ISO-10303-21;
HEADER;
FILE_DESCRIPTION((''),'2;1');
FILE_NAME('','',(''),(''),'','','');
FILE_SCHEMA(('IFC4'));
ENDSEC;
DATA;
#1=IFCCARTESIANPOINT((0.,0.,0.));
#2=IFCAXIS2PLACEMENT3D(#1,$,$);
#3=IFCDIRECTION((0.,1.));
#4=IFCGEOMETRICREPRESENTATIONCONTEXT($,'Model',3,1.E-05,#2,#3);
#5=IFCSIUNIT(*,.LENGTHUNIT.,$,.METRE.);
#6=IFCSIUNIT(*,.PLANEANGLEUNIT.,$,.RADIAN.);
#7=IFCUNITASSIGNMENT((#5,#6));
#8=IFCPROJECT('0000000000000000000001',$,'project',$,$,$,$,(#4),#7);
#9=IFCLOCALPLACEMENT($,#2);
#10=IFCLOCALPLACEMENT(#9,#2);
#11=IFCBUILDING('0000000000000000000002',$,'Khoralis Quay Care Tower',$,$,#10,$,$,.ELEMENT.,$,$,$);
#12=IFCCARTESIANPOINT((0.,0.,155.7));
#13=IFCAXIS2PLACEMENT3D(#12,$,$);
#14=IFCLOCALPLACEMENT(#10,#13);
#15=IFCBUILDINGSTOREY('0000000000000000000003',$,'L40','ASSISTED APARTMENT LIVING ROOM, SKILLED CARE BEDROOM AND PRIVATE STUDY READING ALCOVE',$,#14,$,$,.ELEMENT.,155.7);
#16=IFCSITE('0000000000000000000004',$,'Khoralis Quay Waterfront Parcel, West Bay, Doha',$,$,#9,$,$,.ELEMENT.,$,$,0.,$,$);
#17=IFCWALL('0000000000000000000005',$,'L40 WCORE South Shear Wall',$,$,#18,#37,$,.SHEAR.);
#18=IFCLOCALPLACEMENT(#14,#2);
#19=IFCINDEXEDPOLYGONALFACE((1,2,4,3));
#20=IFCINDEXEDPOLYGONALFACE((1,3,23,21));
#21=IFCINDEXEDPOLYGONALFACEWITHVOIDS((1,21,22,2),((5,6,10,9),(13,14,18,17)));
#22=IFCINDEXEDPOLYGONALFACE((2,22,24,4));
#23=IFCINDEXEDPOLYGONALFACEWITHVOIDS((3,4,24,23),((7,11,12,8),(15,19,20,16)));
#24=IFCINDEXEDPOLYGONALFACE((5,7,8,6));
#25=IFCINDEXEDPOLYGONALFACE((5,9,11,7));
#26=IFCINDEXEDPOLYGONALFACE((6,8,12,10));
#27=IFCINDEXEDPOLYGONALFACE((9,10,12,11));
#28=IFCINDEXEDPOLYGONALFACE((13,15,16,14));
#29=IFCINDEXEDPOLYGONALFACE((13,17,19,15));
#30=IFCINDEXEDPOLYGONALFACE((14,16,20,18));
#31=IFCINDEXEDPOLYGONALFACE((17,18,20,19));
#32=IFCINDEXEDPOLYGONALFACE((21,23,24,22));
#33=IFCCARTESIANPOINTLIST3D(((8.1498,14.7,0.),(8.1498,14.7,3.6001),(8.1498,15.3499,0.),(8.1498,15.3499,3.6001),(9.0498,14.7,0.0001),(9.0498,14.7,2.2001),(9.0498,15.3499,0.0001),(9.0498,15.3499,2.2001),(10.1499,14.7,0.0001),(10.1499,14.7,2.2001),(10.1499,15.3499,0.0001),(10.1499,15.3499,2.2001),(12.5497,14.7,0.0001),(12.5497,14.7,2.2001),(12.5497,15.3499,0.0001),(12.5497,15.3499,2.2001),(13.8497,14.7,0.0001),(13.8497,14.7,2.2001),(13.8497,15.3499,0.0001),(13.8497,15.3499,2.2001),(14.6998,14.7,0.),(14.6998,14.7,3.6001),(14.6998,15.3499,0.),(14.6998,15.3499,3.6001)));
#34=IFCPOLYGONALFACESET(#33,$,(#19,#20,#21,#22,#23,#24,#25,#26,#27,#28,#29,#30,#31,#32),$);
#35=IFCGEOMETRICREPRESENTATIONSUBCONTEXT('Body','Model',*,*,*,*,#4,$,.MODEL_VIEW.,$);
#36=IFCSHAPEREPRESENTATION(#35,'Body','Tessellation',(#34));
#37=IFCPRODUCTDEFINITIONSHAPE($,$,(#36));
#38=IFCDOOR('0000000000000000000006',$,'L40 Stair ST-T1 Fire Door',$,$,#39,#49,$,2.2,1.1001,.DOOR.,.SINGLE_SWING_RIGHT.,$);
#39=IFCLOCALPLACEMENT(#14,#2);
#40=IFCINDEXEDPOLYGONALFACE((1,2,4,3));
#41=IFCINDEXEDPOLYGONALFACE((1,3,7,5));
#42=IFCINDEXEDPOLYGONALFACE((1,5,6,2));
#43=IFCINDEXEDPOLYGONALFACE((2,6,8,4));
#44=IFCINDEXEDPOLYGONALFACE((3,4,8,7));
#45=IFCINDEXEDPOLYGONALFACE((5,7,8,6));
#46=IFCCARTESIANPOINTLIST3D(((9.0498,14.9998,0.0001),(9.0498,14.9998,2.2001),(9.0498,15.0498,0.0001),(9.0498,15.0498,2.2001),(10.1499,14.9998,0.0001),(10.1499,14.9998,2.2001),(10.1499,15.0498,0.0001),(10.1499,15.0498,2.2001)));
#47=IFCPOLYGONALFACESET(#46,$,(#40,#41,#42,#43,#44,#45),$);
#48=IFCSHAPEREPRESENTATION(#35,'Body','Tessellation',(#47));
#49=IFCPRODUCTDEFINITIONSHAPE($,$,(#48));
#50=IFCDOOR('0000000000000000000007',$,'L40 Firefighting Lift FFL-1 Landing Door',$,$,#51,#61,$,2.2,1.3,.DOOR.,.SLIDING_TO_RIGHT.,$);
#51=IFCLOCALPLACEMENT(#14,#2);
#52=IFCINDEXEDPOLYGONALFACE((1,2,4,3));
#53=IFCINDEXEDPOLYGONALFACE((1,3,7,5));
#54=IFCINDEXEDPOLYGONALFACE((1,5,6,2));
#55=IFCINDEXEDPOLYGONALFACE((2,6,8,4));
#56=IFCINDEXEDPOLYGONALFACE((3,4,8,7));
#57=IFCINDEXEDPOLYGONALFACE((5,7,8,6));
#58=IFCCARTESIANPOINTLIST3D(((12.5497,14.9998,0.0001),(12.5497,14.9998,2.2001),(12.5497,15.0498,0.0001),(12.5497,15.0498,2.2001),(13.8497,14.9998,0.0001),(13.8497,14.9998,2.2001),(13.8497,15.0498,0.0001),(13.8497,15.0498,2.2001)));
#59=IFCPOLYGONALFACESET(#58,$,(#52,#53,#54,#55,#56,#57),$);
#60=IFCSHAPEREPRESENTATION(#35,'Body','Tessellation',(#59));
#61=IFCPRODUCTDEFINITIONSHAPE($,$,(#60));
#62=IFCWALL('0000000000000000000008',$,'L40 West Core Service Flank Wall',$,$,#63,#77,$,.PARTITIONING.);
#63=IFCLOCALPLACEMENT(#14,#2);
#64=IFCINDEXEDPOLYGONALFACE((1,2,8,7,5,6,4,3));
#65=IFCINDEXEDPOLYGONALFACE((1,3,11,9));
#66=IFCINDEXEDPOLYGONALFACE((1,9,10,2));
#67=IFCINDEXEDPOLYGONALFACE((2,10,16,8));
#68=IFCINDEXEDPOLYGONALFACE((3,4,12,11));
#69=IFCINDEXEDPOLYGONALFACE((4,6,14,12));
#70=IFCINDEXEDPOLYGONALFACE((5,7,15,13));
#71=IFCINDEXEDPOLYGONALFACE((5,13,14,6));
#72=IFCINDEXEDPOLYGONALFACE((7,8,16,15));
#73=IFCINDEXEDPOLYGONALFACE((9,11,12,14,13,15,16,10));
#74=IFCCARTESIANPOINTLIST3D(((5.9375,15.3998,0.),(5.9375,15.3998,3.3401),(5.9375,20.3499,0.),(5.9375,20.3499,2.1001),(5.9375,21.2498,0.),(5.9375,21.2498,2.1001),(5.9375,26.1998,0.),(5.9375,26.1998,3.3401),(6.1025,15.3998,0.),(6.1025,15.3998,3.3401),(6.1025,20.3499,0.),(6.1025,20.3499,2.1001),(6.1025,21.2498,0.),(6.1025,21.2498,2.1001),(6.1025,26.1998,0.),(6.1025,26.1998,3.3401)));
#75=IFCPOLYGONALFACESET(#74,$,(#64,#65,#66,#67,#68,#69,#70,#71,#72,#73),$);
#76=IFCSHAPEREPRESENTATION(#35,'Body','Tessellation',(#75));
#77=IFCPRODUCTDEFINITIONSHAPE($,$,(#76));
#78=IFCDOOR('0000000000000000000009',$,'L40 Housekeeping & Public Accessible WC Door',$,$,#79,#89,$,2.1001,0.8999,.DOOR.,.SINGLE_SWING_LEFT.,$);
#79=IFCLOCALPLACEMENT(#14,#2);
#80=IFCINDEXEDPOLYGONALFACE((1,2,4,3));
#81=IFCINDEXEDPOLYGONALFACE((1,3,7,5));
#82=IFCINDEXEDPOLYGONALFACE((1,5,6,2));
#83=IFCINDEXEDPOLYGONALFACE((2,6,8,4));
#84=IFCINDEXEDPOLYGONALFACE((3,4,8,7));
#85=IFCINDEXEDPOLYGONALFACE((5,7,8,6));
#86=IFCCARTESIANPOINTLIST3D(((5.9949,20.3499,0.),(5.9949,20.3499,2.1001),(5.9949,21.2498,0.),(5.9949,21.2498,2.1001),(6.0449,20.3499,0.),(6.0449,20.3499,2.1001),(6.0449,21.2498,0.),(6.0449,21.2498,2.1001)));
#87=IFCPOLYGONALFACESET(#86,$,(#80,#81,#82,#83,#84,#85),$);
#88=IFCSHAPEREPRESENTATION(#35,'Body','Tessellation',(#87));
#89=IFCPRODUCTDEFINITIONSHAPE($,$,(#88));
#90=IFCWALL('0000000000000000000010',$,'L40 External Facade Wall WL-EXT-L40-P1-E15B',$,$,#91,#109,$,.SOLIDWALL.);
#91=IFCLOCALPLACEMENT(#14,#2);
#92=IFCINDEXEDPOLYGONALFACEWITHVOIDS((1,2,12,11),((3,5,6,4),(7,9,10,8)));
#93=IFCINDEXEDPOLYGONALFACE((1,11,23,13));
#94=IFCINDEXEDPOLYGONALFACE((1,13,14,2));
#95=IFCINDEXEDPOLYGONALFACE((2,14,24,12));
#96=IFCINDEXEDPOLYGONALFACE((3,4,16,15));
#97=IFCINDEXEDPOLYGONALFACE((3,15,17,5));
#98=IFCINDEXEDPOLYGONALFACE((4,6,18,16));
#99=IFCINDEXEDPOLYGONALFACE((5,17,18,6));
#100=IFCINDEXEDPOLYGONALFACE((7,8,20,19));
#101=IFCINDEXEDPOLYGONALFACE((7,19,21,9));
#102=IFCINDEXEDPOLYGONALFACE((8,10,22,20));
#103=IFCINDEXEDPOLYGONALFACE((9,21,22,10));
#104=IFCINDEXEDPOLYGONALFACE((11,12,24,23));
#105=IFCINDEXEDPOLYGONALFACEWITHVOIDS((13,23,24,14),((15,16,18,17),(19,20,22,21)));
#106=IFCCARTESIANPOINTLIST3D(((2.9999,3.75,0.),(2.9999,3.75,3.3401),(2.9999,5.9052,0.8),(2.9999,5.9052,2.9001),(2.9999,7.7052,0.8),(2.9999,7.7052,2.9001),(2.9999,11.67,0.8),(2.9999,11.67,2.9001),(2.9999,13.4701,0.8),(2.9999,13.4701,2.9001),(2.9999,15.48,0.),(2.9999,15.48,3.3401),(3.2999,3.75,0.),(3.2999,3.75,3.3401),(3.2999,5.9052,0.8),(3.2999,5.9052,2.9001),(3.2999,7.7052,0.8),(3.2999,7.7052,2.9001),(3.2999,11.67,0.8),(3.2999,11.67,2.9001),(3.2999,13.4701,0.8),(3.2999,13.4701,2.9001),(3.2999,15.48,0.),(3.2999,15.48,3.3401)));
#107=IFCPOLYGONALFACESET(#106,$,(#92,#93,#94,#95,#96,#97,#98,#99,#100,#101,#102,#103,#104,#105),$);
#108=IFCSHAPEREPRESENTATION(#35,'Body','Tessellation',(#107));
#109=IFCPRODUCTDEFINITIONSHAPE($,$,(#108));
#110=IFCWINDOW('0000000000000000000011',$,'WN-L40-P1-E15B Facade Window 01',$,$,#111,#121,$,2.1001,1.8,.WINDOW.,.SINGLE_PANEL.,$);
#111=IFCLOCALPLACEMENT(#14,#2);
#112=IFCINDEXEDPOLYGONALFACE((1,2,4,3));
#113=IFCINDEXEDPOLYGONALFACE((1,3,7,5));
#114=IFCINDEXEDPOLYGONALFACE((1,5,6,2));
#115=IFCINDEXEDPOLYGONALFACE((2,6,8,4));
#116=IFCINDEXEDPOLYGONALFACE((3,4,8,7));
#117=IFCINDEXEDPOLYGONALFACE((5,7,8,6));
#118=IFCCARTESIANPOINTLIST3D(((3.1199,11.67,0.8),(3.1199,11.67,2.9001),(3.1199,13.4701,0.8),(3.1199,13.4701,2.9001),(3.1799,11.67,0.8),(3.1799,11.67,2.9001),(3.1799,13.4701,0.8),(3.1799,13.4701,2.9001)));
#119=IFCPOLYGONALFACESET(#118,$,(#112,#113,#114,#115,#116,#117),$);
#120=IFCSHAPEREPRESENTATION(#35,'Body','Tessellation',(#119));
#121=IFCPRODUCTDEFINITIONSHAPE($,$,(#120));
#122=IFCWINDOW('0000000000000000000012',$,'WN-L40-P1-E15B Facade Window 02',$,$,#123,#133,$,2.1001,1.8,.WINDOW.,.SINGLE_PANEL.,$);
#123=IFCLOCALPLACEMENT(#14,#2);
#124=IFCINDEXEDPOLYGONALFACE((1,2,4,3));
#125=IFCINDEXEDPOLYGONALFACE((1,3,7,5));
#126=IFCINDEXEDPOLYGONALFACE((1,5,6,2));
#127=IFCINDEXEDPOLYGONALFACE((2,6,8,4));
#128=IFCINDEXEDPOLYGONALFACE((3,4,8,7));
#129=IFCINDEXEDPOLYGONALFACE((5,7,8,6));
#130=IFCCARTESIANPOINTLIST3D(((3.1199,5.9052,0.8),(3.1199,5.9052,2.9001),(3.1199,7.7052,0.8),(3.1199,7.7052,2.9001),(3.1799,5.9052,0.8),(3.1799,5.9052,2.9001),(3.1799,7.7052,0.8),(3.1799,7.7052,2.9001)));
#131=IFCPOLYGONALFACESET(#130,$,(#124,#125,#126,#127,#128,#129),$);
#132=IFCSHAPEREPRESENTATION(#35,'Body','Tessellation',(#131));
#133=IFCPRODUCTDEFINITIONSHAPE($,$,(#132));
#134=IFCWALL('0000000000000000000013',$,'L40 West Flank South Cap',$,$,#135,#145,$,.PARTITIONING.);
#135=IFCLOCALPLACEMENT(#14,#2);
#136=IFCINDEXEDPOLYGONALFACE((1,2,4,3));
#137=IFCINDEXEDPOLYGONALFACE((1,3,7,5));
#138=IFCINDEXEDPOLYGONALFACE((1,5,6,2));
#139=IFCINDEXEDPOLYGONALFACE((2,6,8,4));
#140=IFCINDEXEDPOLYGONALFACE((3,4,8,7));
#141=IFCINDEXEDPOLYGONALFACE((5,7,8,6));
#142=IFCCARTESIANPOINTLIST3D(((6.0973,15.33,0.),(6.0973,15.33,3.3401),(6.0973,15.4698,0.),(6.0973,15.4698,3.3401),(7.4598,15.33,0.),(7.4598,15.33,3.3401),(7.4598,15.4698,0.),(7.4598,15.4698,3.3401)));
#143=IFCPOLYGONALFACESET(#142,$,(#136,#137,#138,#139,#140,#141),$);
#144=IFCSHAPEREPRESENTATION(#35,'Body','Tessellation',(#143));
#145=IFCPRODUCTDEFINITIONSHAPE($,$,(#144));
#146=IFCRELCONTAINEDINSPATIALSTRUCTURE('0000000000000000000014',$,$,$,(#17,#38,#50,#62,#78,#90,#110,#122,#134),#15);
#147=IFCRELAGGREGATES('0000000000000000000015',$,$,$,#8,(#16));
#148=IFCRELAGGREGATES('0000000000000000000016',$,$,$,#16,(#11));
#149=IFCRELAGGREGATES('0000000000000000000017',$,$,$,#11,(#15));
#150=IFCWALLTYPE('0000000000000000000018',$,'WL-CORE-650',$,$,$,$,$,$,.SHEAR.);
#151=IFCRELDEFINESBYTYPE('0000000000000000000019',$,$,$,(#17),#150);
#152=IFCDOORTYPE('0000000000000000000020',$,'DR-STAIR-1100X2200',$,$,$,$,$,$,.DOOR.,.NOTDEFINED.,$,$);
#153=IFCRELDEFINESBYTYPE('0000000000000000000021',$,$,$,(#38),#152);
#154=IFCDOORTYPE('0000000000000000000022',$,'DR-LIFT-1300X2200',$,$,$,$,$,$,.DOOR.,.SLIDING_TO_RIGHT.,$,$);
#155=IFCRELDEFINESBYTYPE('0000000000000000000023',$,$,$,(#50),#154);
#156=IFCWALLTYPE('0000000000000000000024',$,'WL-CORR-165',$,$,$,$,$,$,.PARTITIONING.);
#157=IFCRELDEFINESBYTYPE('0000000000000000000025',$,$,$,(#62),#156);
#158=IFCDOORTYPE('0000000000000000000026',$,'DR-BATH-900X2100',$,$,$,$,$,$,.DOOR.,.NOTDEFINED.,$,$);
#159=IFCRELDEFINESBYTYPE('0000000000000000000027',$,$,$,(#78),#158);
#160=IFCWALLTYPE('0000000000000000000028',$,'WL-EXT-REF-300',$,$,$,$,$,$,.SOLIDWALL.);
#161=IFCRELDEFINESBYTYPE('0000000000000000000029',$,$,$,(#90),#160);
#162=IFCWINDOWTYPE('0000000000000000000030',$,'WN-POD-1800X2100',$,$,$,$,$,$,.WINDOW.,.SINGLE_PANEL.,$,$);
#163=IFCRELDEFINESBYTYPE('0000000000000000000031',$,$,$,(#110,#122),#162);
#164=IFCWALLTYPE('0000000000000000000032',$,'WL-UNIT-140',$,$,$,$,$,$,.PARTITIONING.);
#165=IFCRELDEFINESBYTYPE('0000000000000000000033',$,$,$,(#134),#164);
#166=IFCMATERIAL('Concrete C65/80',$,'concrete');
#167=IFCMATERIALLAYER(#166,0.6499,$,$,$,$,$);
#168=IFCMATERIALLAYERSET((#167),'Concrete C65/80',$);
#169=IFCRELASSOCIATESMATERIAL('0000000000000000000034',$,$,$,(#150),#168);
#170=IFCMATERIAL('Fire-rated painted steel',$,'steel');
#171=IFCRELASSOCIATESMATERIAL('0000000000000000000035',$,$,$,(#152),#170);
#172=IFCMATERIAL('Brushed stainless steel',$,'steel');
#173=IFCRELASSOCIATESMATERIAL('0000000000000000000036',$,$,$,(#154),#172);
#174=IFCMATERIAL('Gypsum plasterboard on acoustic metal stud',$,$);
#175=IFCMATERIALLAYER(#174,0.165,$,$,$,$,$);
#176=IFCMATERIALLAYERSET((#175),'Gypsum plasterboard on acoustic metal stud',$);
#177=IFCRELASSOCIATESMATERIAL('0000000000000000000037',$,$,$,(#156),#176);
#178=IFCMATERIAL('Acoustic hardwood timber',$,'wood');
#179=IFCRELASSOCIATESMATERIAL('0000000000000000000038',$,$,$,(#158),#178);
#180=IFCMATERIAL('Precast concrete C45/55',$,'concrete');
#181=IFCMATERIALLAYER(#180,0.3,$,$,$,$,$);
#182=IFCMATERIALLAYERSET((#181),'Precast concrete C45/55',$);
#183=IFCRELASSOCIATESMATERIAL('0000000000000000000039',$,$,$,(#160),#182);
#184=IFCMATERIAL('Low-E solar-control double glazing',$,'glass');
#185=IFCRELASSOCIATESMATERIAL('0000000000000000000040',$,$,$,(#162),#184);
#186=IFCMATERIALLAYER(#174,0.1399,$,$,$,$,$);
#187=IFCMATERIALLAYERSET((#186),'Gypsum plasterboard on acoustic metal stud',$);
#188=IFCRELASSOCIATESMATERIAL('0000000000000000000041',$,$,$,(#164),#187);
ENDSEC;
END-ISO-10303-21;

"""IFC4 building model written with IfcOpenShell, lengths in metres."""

from ifc_helpers import new_model, si_unit, direction, frame, frame_2d, origin, place, context, subcontext, project, spatial, rectangle, extrude, source, transform, mapped, material, layer, layer_set, type_object, element, fill, save


model = new_model("IFC4")

# Units and contexts
model_context = context("Model", 3, precision=1e-05, world=origin(), true_north=direction((0.0, 1.0)))
body_context = subcontext(model_context, "Body", "Model", "MODEL_VIEW")
ifc_project = project(units=[si_unit("LENGTHUNIT", "METRE"), si_unit("PLANEANGLEUNIT", "RADIAN")], contexts=[model_context])

# Site, building, storey
site_placement = place(None, origin())
site = spatial("IfcSite", under=ifc_project, at=site_placement, Name="Khoralis Quay Waterfront Parcel, West Bay, Doha", CompositionType="ELEMENT", RefElevation=0.0)
building_placement = place(site_placement, origin())
building = spatial("IfcBuilding", under=site, at=building_placement, Name="Khoralis Quay Care Tower", CompositionType="ELEMENT")
storey_placement = place(building_placement, frame((0.0, 0.0, 155.7)))
storey = spatial("IfcBuildingStorey", under=building, at=storey_placement, Name="L40", Description="ASSISTED APARTMENT LIVING ROOM, SKILLED CARE BEDROOM AND PRIVATE STUDY READING ALCOVE", CompositionType="ELEMENT", Elevation=155.7)

# Shared definitions
ifc_material_1 = material(Name="Concrete C65/80", Category="concrete")

# Shared definitions
ifc_material_2 = material(Name="Low-E solar-control double glazing", Category="glass")

# Shared definitions
ifc_layer_1 = layer(ifc_material_1, 0.6499)
ifc_layer_set_1 = layer_set([ifc_layer_1], Name="Concrete C65/80")
wall_type_1 = type_object("IfcWallType", Name="WL-CORE-650", PredefinedType="SHEAR", material=ifc_layer_set_1)

# Wall, openings, doors
wall_1_placement = place(storey_placement, frame((8.1499, 15.0249, 0.0), z_axis=(0.0, 0.0, 1.0), x_axis=(1.0, 0.0, 0.0)))
wall_1 = element("IfcWall", 1, at=wall_1_placement, inside=storey, type_object=wall_type_1, Name="L40 WCORE South Shear Wall", PredefinedType="SHEAR", context=body_context, shape_type="SweptSolid", body=[
    extrude(rectangle(XDim=6.55, YDim=0.6499, at=frame_2d((3.2749, 0.0))), origin(), (0.0, 0.0, 1.0), 3.6001),
])
opening_1_placement = place(wall_1_placement, frame((0.8999, 0.0, 0.0)))
opening_1 = element("IfcOpeningElement", 2, at=opening_1_placement, cuts=wall_1, PredefinedType="OPENING", context=body_context, shape_type="SweptSolid", body=[
    extrude(rectangle(XDim=1.1001, YDim=2.2, at=frame_2d((0.55, 1.1001))), frame((0.0, 0.335, 0.0), z_axis=(0.0, -1.0, 0.0), x_axis=(1.0, 0.0, 0.0)), (0.0, 0.0, 1.0), 0.6699),
])
opening_2_placement = place(wall_1_placement, frame((4.3999, 0.0, 0.0)))
opening_2 = element("IfcOpeningElement", 3, at=opening_2_placement, cuts=wall_1, PredefinedType="OPENING", context=body_context, shape_type="SweptSolid", body=[
    extrude(rectangle(XDim=1.3, YDim=2.2, at=frame_2d((0.6499, 1.1001))), frame((0.0, 0.335, 0.0), z_axis=(0.0, -1.0, 0.0), x_axis=(1.0, 0.0, 0.0)), (0.0, 0.0, 1.0), 0.6699),
])
ifc_material_3 = material(Name="Fire-rated painted steel", Category="steel")
door_type_1 = type_object("IfcDoorType", Name="DR-STAIR-1100X2200", OperationType="NOTDEFINED", PredefinedType="DOOR", material=ifc_material_3)
shared_shape_1 = source(origin(), body_context, "Body", "SweptSolid", [
    extrude(rectangle(XDim=1.1001, YDim=2.2, at=frame_2d((0.55, 1.1001))), frame((0.0, 0.0249, 0.0), z_axis=(0.0, -1.0, 0.0), x_axis=(1.0, 0.0, 0.0)), (0.0, 0.0, 1.0), 0.05),
])
door_1_placement = place(opening_1_placement, origin())
door_1 = element("IfcDoor", 4, at=door_1_placement, inside=storey, type_object=door_type_1, Name="L40 Stair ST-T1 Fire Door", OperationType="SINGLE_SWING_RIGHT", OverallHeight=2.2, OverallWidth=1.1001, PredefinedType="DOOR", context=body_context, shape_type="MappedRepresentation", body=[
    mapped(shared_shape_1, transform((0.0, 0.0, 0.0), scale=1.0)),
])
fill(opening_1, door_1)
ifc_material_4 = material(Name="Brushed stainless steel", Category="steel")
door_type_2 = type_object("IfcDoorType", Name="DR-LIFT-1300X2200", OperationType="SLIDING_TO_RIGHT", PredefinedType="DOOR", material=ifc_material_4)
shared_shape_2 = source(origin(), body_context, "Body", "SweptSolid", [
    extrude(rectangle(XDim=1.3, YDim=2.2, at=frame_2d((0.6499, 1.1001))), frame((0.0, 0.0249, 0.0), z_axis=(0.0, -1.0, 0.0), x_axis=(1.0, 0.0, 0.0)), (0.0, 0.0, 1.0), 0.05),
])
door_2_placement = place(opening_2_placement, origin())
door_2 = element("IfcDoor", 5, at=door_2_placement, inside=storey, type_object=door_type_2, Name="L40 Firefighting Lift FFL-1 Landing Door", OperationType="SLIDING_TO_RIGHT", OverallHeight=2.2, OverallWidth=1.3, PredefinedType="DOOR", context=body_context, shape_type="MappedRepresentation", body=[
    mapped(shared_shape_2, transform((0.0, 0.0, 0.0), scale=1.0)),
])
fill(opening_2, door_2)

# Wall, opening, door
ifc_material_5 = material(Name="Gypsum plasterboard on acoustic metal stud")
ifc_layer_2 = layer(ifc_material_5, 0.165)
ifc_layer_set_2 = layer_set([ifc_layer_2], Name="Gypsum plasterboard on acoustic metal stud")
wall_type_2 = type_object("IfcWallType", Name="WL-CORR-165", PredefinedType="PARTITIONING", material=ifc_layer_set_2)
wall_2_placement = place(storey_placement, frame((6.02, 15.3999, 0.0), z_axis=(0.0, 0.0, 1.0), x_axis=(0.0, 1.0, 0.0)))
wall_2 = element("IfcWall", 6, at=wall_2_placement, inside=storey, type_object=wall_type_2, Name="L40 West Core Service Flank Wall", PredefinedType="PARTITIONING", context=body_context, shape_type="SweptSolid", body=[
    extrude(rectangle(XDim=10.8, YDim=0.165, at=frame_2d((5.3999, 0.0))), origin(), (0.0, 0.0, 1.0), 3.3401),
])
opening_3_placement = place(wall_2_placement, frame((4.95, 0.0, 0.0)))
opening_3 = element("IfcOpeningElement", 7, at=opening_3_placement, cuts=wall_2, PredefinedType="OPENING", context=body_context, shape_type="SweptSolid", body=[
    extrude(rectangle(XDim=0.8999, YDim=2.1001, at=frame_2d((0.45, 1.05))), frame((0.0, 0.0925, 0.0), z_axis=(0.0, -1.0, 0.0), x_axis=(1.0, 0.0, 0.0)), (0.0, 0.0, 1.0), 0.1851),
])
ifc_material_6 = material(Name="Acoustic hardwood timber", Category="wood")
door_type_3 = type_object("IfcDoorType", Name="DR-BATH-900X2100", OperationType="NOTDEFINED", PredefinedType="DOOR", material=ifc_material_6)
shared_shape_3 = source(origin(), body_context, "Body", "SweptSolid", [
    extrude(rectangle(XDim=0.8999, YDim=2.1001, at=frame_2d((0.45, 1.05))), frame((0.0, 0.0249, 0.0), z_axis=(0.0, -1.0, 0.0), x_axis=(1.0, 0.0, 0.0)), (0.0, 0.0, 1.0), 0.05),
])
door_3_placement = place(opening_3_placement, frame((0.8999, 0.0, 0.0), z_axis=(0.0, 0.0, 1.0), x_axis=(-1.0, 0.0, 0.0)))
door_3 = element("IfcDoor", 8, at=door_3_placement, inside=storey, type_object=door_type_3, Name="L40 Housekeeping & Public Accessible WC Door", OperationType="SINGLE_SWING_LEFT", OverallHeight=2.1001, OverallWidth=0.8999, PredefinedType="DOOR", context=body_context, shape_type="MappedRepresentation", body=[
    mapped(shared_shape_3, transform((0.0, 0.0, 0.0), scale=1.0)),
])
fill(opening_3, door_3)

# Wall, openings, windows
ifc_material_7 = material(Name="Precast concrete C45/55", Category="concrete")
ifc_layer_3 = layer(ifc_material_7, 0.3)
ifc_layer_set_3 = layer_set([ifc_layer_3], Name="Precast concrete C45/55")
wall_type_3 = type_object("IfcWallType", Name="WL-EXT-REF-300", PredefinedType="SOLIDWALL", material=ifc_layer_set_3)
wall_3_placement = place(storey_placement, frame((3.1499, 15.48, 0.0), z_axis=(0.0, 0.0, 1.0), x_axis=(0.0, -1.0, 0.0)))
wall_3 = element("IfcWall", 9, at=wall_3_placement, inside=storey, type_object=wall_type_3, Name="L40 External Facade Wall WL-EXT-L40-P1-E15B", PredefinedType="SOLIDWALL", context=body_context, shape_type="SweptSolid", body=[
    extrude(rectangle(XDim=11.73, YDim=0.3, at=frame_2d((5.865, 0.0))), origin(), (0.0, 0.0, 1.0), 3.3401),
])
opening_4_placement = place(wall_3_placement, frame((2.01, 0.0, 0.8)))
opening_4 = element("IfcOpeningElement", 10, at=opening_4_placement, cuts=wall_3, PredefinedType="OPENING", context=body_context, shape_type="SweptSolid", body=[
    extrude(rectangle(XDim=1.8, YDim=2.1001, at=frame_2d((0.8999, 1.05))), frame((0.0, 0.1602, 0.0), z_axis=(0.0, -1.0, 0.0), x_axis=(1.0, 0.0, 0.0)), (0.0, 0.0, 1.0), 0.3201),
])
opening_5_placement = place(wall_3_placement, frame((7.7749, 0.0, 0.8)))
opening_5 = element("IfcOpeningElement", 11, at=opening_5_placement, cuts=wall_3, PredefinedType="OPENING", context=body_context, shape_type="SweptSolid", body=[
    extrude(rectangle(XDim=1.8, YDim=2.1001, at=frame_2d((0.8999, 1.05))), frame((0.0, 0.1602, 0.0), z_axis=(0.0, -1.0, 0.0), x_axis=(1.0, 0.0, 0.0)), (0.0, 0.0, 1.0), 0.3201),
])
window_type = type_object("IfcWindowType", Name="WN-POD-1800X2100", PartitioningType="SINGLE_PANEL", PredefinedType="WINDOW", material=ifc_material_2)
shared_shape_4 = source(origin(), body_context, "Body", "SweptSolid", [
    extrude(rectangle(XDim=1.8, YDim=2.1001, at=frame_2d((0.8999, 1.05))), frame((0.0, 0.03, 0.0), z_axis=(0.0, -1.0, 0.0), x_axis=(1.0, 0.0, 0.0)), (0.0, 0.0, 1.0), 0.0601),
])
window_1_placement = place(opening_4_placement, origin())
window_1 = element("IfcWindow", 12, at=window_1_placement, inside=storey, type_object=window_type, Name="WN-L40-P1-E15B Facade Window 01", OverallHeight=2.1001, OverallWidth=1.8, PartitioningType="SINGLE_PANEL", PredefinedType="WINDOW", context=body_context, shape_type="MappedRepresentation", body=[
    mapped(shared_shape_4, transform((0.0, 0.0, 0.0), scale=1.0)),
])
fill(opening_4, window_1)
window_2_placement = place(opening_5_placement, origin())
window_2 = element("IfcWindow", 13, at=window_2_placement, inside=storey, type_object=window_type, Name="WN-L40-P1-E15B Facade Window 02", OverallHeight=2.1001, OverallWidth=1.8, PartitioningType="SINGLE_PANEL", PredefinedType="WINDOW", context=body_context, shape_type="MappedRepresentation", body=[
    mapped(shared_shape_4, transform((0.0, 0.0, 0.0), scale=1.0)),
])
fill(opening_5, window_2)

# Wall
ifc_layer_4 = layer(ifc_material_5, 0.1399)
ifc_layer_set_4 = layer_set([ifc_layer_4], Name="Gypsum plasterboard on acoustic metal stud")
wall_type_4 = type_object("IfcWallType", Name="WL-UNIT-140", PredefinedType="PARTITIONING", material=ifc_layer_set_4)
wall_4_placement = place(storey_placement, frame((6.0974, 15.3999, 0.0), z_axis=(0.0, 0.0, 1.0), x_axis=(1.0, 0.0, 0.0)))
element("IfcWall", 14, at=wall_4_placement, inside=storey, type_object=wall_type_4, Name="L40 West Flank South Cap", PredefinedType="PARTITIONING", context=body_context, shape_type="SweptSolid", body=[
    extrude(rectangle(XDim=1.3625, YDim=0.1399, at=frame_2d((0.6812, 0.0))), origin(), (0.0, 0.0, 1.0), 3.3401),
])

save(model, "model.ifc")
